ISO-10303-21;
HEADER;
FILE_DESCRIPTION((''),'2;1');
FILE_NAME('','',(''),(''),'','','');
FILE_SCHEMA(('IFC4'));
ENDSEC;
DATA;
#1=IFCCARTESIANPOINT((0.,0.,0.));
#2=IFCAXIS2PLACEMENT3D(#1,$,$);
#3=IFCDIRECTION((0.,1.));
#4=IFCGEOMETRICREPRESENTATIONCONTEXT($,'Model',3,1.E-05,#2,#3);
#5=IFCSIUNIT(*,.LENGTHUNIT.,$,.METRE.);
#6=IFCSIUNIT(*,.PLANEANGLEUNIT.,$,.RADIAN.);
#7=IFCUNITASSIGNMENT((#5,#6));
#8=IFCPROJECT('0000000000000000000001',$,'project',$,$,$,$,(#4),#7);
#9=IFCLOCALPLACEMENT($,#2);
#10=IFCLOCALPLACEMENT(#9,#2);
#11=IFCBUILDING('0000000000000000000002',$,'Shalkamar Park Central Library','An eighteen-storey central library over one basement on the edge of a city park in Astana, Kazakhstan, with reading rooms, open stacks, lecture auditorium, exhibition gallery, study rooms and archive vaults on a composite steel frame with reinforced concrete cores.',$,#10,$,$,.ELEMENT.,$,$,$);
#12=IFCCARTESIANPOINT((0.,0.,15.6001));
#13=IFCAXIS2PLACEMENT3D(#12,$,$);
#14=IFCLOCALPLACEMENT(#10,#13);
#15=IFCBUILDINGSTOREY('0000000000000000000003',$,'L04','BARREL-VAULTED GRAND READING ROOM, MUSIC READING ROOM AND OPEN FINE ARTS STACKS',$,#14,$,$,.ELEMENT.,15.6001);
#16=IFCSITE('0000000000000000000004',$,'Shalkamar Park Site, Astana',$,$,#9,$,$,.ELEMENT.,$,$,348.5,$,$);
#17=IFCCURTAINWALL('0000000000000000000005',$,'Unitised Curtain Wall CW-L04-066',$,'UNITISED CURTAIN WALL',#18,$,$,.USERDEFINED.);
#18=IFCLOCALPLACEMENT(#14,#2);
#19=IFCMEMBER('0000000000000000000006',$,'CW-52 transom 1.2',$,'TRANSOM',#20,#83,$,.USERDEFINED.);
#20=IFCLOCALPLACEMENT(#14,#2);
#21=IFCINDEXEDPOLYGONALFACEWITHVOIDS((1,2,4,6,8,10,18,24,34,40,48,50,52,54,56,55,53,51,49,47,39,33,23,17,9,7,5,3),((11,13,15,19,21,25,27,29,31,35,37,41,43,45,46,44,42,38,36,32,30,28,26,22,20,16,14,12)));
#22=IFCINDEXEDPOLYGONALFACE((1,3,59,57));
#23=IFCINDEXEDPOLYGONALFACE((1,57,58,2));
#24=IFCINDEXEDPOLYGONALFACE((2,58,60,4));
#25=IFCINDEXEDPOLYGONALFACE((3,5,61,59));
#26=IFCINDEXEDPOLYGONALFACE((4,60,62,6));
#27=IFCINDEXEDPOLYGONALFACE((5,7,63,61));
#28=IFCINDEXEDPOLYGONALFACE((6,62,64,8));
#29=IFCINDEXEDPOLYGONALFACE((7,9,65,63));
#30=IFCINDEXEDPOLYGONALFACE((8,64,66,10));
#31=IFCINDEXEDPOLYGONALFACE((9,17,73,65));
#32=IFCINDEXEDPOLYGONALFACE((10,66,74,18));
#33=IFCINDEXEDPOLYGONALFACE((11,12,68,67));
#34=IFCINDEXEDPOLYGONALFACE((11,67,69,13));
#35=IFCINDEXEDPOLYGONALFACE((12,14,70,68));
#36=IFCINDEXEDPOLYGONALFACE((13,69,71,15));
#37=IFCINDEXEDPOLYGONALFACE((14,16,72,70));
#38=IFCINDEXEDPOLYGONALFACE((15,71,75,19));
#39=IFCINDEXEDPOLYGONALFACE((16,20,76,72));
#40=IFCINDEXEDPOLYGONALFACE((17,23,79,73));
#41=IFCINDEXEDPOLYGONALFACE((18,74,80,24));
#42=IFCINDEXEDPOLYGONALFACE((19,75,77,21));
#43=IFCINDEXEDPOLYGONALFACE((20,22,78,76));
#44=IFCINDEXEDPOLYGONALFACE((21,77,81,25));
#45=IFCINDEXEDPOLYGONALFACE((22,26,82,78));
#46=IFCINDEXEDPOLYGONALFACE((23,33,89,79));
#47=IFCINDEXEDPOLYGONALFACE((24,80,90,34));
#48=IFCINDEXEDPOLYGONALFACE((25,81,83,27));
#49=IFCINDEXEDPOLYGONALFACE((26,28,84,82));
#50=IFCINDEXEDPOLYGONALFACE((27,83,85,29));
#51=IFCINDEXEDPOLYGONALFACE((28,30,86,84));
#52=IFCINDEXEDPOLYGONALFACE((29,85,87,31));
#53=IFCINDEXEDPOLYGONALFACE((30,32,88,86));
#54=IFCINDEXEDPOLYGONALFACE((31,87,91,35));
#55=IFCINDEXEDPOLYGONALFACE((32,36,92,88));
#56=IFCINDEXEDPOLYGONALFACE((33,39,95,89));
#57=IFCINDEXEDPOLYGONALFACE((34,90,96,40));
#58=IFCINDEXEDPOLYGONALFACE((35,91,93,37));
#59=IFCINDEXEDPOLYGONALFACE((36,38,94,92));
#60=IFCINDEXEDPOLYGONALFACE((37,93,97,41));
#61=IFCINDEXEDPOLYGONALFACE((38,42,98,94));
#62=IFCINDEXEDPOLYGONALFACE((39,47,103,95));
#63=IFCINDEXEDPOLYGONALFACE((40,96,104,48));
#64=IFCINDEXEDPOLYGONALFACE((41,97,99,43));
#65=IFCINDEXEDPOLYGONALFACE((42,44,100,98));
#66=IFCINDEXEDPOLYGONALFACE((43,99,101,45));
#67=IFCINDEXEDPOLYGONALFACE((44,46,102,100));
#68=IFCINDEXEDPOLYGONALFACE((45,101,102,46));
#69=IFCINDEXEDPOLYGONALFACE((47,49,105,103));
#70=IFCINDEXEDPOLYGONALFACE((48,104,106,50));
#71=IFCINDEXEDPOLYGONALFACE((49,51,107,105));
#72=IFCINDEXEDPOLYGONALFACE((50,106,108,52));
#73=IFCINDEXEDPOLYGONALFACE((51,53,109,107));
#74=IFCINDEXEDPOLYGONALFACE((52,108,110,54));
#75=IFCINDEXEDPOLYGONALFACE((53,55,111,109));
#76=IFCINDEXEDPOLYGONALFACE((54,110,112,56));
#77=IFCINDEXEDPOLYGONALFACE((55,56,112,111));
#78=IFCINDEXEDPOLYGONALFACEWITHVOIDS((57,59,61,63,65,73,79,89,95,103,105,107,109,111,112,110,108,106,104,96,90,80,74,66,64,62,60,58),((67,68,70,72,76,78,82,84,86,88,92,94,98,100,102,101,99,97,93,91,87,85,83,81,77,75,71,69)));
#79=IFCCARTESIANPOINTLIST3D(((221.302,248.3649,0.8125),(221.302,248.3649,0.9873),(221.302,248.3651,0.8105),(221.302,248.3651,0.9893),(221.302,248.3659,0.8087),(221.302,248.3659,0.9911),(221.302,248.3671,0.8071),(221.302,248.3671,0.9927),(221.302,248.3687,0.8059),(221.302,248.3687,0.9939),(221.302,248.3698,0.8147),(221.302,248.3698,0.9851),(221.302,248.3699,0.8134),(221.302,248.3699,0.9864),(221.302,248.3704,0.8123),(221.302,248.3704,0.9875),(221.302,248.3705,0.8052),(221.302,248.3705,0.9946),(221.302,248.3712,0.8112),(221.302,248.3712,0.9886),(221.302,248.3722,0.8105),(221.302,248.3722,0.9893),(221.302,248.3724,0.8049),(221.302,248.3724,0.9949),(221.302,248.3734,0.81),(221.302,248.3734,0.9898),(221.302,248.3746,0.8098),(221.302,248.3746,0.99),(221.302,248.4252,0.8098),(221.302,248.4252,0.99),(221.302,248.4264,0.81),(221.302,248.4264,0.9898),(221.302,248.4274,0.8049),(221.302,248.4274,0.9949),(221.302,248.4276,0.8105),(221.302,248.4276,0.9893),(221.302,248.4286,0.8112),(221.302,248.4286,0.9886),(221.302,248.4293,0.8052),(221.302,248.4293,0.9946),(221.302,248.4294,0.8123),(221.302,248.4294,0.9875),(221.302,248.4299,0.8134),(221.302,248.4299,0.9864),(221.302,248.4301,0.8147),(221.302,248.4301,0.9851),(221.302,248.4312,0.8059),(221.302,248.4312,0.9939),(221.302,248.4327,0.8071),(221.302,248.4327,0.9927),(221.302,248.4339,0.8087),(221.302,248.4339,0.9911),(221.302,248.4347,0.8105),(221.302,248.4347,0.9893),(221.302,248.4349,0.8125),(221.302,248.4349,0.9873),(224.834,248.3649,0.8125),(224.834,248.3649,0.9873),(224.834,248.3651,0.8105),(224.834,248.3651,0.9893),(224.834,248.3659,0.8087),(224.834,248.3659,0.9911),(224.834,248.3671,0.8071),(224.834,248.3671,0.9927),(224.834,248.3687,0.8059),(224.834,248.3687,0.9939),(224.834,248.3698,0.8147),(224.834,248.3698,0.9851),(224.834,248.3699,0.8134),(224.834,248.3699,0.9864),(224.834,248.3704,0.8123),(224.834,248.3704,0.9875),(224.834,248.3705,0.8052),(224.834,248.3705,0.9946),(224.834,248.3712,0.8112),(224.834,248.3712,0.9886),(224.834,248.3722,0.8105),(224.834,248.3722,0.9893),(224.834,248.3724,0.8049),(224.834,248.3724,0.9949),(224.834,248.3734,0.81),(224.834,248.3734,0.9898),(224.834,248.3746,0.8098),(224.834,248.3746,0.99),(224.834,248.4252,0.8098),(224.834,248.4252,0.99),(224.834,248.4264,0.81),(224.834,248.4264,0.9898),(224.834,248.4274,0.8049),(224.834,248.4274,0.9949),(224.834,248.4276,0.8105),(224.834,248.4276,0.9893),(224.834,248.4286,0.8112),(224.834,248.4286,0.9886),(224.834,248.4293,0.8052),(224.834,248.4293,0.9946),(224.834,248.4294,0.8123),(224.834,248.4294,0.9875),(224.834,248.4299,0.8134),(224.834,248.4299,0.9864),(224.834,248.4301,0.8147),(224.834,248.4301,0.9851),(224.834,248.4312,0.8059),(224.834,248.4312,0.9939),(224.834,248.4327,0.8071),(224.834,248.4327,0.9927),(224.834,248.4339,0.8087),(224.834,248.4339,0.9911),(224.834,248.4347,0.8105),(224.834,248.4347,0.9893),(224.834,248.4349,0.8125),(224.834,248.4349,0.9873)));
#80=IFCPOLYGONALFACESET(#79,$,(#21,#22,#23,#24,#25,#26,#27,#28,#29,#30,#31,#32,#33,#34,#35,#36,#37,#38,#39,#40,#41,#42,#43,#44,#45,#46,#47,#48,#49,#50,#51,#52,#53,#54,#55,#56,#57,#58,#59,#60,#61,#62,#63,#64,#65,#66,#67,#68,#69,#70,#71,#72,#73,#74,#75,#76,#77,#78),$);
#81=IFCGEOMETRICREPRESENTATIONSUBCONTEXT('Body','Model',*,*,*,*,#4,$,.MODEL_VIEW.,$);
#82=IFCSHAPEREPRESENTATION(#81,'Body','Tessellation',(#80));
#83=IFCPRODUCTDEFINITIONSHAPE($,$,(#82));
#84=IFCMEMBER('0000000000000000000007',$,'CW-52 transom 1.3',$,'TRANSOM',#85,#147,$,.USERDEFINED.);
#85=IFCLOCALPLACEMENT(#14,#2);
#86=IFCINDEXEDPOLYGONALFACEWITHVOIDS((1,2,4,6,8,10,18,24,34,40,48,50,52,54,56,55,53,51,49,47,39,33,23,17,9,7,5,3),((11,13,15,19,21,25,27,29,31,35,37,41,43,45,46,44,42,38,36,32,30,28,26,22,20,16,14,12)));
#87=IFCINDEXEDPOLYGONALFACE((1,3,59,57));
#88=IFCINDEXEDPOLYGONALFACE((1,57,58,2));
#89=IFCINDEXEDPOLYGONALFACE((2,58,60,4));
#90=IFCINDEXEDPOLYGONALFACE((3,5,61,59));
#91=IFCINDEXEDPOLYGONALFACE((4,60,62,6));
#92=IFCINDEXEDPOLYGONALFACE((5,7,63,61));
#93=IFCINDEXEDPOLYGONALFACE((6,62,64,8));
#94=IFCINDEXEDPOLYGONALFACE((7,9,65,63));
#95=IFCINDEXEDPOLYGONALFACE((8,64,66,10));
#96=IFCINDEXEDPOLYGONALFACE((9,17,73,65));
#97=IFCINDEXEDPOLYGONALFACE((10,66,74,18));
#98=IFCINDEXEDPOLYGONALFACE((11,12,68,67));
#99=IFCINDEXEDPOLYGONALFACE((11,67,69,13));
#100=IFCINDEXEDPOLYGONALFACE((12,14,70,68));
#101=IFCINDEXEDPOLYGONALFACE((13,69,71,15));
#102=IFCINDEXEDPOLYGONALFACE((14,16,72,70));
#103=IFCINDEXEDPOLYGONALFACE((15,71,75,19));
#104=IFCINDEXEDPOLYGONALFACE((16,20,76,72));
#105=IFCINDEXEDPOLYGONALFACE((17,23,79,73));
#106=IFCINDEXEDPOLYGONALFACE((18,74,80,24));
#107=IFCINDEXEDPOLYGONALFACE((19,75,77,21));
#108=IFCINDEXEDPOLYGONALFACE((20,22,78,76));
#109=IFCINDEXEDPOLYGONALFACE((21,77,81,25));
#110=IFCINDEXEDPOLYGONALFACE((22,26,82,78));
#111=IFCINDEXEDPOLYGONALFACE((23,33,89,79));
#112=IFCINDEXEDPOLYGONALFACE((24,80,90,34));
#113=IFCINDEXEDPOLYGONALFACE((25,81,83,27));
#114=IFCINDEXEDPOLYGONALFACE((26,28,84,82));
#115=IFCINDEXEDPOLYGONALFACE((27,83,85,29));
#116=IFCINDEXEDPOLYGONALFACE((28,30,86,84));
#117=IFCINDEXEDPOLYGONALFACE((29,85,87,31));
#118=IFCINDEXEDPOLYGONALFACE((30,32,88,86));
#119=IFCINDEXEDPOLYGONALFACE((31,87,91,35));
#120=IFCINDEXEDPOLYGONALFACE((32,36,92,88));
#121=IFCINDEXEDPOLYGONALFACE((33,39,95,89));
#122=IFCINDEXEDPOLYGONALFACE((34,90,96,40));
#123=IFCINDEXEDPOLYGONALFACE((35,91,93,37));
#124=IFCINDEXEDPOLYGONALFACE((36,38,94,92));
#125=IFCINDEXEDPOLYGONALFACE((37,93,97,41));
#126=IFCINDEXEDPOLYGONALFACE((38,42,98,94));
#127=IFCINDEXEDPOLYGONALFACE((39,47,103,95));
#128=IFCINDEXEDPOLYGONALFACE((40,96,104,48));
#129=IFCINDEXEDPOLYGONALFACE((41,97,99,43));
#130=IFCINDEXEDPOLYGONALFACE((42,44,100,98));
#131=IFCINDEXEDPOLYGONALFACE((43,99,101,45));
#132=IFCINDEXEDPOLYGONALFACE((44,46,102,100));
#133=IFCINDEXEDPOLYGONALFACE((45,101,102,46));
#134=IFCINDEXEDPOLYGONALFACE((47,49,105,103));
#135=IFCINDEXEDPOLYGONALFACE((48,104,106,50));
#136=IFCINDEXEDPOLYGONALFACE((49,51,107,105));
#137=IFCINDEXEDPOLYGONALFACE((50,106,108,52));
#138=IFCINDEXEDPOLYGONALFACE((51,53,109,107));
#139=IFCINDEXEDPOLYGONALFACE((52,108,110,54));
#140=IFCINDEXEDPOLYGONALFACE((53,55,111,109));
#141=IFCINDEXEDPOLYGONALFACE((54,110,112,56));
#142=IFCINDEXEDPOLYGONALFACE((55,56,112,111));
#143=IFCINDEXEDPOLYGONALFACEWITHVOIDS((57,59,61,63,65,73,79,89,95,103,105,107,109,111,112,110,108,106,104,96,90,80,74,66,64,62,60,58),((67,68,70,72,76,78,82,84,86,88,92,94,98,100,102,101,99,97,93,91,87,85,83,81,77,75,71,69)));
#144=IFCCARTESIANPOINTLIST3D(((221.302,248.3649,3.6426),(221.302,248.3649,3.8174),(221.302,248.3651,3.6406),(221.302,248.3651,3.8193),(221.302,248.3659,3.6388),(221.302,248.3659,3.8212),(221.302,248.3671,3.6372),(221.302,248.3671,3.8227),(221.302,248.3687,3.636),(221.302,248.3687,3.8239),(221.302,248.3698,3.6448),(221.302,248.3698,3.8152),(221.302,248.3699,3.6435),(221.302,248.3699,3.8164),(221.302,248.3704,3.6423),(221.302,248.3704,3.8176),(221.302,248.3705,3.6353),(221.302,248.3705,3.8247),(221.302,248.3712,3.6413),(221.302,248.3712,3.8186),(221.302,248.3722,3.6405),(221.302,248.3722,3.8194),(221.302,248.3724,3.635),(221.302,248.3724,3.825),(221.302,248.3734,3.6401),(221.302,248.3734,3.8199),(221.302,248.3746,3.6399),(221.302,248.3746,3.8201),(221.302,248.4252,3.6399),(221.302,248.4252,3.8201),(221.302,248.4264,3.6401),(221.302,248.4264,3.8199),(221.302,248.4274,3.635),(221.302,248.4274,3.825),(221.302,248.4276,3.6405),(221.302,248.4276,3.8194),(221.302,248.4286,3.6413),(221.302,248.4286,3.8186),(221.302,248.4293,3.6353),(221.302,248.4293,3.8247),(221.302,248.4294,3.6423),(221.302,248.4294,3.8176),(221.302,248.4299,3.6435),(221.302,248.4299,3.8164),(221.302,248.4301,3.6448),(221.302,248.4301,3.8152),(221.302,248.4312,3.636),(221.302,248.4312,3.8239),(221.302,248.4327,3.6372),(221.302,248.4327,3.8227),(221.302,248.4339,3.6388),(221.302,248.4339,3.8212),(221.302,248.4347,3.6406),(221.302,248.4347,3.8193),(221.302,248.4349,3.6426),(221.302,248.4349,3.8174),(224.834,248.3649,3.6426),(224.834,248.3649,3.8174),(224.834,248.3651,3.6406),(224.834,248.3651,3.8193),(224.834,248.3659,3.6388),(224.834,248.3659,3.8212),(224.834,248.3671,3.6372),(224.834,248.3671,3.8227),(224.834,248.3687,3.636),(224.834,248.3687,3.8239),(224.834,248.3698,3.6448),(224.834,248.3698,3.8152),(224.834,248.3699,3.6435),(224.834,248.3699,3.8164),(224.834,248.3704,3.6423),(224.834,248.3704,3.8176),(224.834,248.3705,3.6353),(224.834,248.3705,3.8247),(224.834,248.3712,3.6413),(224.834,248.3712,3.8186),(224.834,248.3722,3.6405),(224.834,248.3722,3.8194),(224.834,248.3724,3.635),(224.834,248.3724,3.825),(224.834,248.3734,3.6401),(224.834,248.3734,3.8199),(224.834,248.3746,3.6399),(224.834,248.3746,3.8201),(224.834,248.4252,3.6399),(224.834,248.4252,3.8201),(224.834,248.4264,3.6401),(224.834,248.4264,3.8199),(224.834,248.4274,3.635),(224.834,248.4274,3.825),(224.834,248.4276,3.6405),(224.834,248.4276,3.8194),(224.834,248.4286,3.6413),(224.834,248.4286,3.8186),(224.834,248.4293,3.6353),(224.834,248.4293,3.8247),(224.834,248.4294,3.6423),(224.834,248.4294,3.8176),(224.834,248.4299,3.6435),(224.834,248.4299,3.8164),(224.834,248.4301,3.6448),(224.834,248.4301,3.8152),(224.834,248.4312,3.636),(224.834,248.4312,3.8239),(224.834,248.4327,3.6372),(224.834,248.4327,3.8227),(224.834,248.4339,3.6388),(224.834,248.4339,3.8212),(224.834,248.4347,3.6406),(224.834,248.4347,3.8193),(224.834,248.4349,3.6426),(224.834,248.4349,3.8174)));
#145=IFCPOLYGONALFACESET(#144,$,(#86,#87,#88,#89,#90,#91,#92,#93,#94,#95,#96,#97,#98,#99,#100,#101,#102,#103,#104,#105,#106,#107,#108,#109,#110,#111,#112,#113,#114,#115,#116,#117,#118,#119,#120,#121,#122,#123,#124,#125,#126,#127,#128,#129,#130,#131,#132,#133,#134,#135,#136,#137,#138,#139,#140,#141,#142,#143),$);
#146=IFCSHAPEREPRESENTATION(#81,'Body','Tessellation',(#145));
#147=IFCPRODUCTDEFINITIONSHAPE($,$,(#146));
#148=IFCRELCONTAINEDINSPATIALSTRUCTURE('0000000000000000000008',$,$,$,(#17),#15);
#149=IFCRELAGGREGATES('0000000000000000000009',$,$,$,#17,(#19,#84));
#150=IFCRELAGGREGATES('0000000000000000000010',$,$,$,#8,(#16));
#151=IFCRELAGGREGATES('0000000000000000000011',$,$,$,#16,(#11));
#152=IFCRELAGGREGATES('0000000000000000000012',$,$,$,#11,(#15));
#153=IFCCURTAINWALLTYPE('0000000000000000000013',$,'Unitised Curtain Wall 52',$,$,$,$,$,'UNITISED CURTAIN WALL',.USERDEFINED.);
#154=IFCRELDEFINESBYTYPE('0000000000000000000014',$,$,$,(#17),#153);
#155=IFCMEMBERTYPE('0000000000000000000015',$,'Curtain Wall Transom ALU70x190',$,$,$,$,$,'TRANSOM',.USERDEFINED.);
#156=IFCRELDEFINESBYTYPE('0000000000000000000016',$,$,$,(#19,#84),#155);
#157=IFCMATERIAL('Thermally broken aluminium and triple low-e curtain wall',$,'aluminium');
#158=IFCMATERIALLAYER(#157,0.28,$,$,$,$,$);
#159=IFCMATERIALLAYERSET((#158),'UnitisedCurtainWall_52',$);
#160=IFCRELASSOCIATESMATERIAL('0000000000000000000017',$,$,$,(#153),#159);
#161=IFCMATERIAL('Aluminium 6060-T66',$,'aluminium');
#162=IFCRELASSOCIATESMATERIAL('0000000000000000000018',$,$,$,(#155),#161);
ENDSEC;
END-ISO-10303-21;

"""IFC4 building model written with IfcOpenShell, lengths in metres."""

from ifc_helpers import new_model, si_unit, direction, frame, origin, origin_2d, place, context, subcontext, project, spatial, hollow_rectangle, extrude, material, layer, layer_set, material_profile, profile_set, type_object, element, aggregate, save


model = new_model("IFC4")

# Units and contexts
model_context = context("Model", 3, precision=1e-05, world=origin(), true_north=direction((0.0, 1.0)))
body_context = subcontext(model_context, "Body", "Model", "MODEL_VIEW")
ifc_project = project(units=[si_unit("LENGTHUNIT", "METRE"), si_unit("PLANEANGLEUNIT", "RADIAN")], contexts=[model_context])

# Site, building, storey
site_placement = place(None, origin())
site = spatial("IfcSite", under=ifc_project, at=site_placement, Name="Shalkamar Park Site, Astana", CompositionType="ELEMENT", RefElevation=348.5)
building_placement = place(site_placement, origin())
building = spatial("IfcBuilding", under=site, at=building_placement, Name="Shalkamar Park Central Library", Description="An eighteen-storey central library over one basement on the edge of a city park in Astana, Kazakhstan, with reading rooms, open stacks, lecture auditorium, exhibition gallery, study rooms and archive vaults on a composite steel frame with reinforced concrete cores.", CompositionType="ELEMENT")
storey_placement = place(building_placement, frame((0.0, 0.0, 15.6001)))
storey = spatial("IfcBuildingStorey", under=building, at=storey_placement, Name="L04", Description="BARREL-VAULTED GRAND READING ROOM, MUSIC READING ROOM AND OPEN FINE ARTS STACKS", CompositionType="ELEMENT", Elevation=15.6001)

# Curtain wall, members
ifc_material_1 = material(Name="Thermally broken aluminium and triple low-e curtain wall", Category="aluminium")
ifc_layer_1 = layer(ifc_material_1, 0.28)
ifc_layer_set_1 = layer_set([ifc_layer_1], Name="UnitisedCurtainWall_52")
curtain_wall_type = type_object("IfcCurtainWallType", Name="Unitised Curtain Wall 52", ElementType="UNITISED CURTAIN WALL", PredefinedType="USERDEFINED", material=ifc_layer_set_1)
curtain_wall_placement = place(storey_placement, origin())
curtain_wall = element("IfcCurtainWall", 1, at=curtain_wall_placement, inside=storey, type_object=curtain_wall_type, Name="Unitised Curtain Wall CW-L04-066", ObjectType="UNITISED CURTAIN WALL", PredefinedType="USERDEFINED")
ifc_material_2 = material(Name="Aluminium 6060-T66", Category="aluminium")
ifc_material_profile_1 = material_profile(ifc_material_2, hollow_rectangle(XDim=0.0701, YDim=0.1899, WallThickness=0.0049, InnerFilletRadius=0.0049, OuterFilletRadius=0.0076, at=origin_2d()), Name="ALU 70x190x5")
ifc_profile_set_1 = profile_set([ifc_material_profile_1], Name="Aluminium 6060-T66")
member_type_1 = type_object("IfcMemberType", Name="Curtain Wall Transom ALU70x190", ElementType="TRANSOM", PredefinedType="USERDEFINED", material=ifc_profile_set_1)
member_1_placement = place(storey_placement, frame((221.302, 248.3999, 0.8999), z_axis=(1.0, 0.0, 0.0), x_axis=(0.0, 1.0, 0.0)))
member_1 = element("IfcMember", 2, at=member_1_placement, type_object=member_type_1, Name="CW-52 transom 1.2", ObjectType="TRANSOM", PredefinedType="USERDEFINED", context=body_context, shape_type="SweptSolid", body=[
    extrude(hollow_rectangle(XDim=0.0701, YDim=0.1899, WallThickness=0.0049, InnerFilletRadius=0.0049, OuterFilletRadius=0.0076, at=origin_2d()), origin(), (0.0, 0.0, 1.0), 3.532),
])
member_2_placement = place(storey_placement, frame((221.302, 248.3999, 3.73), z_axis=(1.0, 0.0, 0.0), x_axis=(0.0, 1.0, 0.0)))
member_2 = element("IfcMember", 3, at=member_2_placement, type_object=member_type_1, Name="CW-52 transom 1.3", ObjectType="TRANSOM", PredefinedType="USERDEFINED", context=body_context, shape_type="SweptSolid", body=[
    extrude(hollow_rectangle(XDim=0.0701, YDim=0.1899, WallThickness=0.0049, InnerFilletRadius=0.0049, OuterFilletRadius=0.0076, at=origin_2d()), origin(), (0.0, 0.0, 1.0), 3.532),
])

aggregate(curtain_wall, [member_1, member_2])

save(model, "model.ifc")
